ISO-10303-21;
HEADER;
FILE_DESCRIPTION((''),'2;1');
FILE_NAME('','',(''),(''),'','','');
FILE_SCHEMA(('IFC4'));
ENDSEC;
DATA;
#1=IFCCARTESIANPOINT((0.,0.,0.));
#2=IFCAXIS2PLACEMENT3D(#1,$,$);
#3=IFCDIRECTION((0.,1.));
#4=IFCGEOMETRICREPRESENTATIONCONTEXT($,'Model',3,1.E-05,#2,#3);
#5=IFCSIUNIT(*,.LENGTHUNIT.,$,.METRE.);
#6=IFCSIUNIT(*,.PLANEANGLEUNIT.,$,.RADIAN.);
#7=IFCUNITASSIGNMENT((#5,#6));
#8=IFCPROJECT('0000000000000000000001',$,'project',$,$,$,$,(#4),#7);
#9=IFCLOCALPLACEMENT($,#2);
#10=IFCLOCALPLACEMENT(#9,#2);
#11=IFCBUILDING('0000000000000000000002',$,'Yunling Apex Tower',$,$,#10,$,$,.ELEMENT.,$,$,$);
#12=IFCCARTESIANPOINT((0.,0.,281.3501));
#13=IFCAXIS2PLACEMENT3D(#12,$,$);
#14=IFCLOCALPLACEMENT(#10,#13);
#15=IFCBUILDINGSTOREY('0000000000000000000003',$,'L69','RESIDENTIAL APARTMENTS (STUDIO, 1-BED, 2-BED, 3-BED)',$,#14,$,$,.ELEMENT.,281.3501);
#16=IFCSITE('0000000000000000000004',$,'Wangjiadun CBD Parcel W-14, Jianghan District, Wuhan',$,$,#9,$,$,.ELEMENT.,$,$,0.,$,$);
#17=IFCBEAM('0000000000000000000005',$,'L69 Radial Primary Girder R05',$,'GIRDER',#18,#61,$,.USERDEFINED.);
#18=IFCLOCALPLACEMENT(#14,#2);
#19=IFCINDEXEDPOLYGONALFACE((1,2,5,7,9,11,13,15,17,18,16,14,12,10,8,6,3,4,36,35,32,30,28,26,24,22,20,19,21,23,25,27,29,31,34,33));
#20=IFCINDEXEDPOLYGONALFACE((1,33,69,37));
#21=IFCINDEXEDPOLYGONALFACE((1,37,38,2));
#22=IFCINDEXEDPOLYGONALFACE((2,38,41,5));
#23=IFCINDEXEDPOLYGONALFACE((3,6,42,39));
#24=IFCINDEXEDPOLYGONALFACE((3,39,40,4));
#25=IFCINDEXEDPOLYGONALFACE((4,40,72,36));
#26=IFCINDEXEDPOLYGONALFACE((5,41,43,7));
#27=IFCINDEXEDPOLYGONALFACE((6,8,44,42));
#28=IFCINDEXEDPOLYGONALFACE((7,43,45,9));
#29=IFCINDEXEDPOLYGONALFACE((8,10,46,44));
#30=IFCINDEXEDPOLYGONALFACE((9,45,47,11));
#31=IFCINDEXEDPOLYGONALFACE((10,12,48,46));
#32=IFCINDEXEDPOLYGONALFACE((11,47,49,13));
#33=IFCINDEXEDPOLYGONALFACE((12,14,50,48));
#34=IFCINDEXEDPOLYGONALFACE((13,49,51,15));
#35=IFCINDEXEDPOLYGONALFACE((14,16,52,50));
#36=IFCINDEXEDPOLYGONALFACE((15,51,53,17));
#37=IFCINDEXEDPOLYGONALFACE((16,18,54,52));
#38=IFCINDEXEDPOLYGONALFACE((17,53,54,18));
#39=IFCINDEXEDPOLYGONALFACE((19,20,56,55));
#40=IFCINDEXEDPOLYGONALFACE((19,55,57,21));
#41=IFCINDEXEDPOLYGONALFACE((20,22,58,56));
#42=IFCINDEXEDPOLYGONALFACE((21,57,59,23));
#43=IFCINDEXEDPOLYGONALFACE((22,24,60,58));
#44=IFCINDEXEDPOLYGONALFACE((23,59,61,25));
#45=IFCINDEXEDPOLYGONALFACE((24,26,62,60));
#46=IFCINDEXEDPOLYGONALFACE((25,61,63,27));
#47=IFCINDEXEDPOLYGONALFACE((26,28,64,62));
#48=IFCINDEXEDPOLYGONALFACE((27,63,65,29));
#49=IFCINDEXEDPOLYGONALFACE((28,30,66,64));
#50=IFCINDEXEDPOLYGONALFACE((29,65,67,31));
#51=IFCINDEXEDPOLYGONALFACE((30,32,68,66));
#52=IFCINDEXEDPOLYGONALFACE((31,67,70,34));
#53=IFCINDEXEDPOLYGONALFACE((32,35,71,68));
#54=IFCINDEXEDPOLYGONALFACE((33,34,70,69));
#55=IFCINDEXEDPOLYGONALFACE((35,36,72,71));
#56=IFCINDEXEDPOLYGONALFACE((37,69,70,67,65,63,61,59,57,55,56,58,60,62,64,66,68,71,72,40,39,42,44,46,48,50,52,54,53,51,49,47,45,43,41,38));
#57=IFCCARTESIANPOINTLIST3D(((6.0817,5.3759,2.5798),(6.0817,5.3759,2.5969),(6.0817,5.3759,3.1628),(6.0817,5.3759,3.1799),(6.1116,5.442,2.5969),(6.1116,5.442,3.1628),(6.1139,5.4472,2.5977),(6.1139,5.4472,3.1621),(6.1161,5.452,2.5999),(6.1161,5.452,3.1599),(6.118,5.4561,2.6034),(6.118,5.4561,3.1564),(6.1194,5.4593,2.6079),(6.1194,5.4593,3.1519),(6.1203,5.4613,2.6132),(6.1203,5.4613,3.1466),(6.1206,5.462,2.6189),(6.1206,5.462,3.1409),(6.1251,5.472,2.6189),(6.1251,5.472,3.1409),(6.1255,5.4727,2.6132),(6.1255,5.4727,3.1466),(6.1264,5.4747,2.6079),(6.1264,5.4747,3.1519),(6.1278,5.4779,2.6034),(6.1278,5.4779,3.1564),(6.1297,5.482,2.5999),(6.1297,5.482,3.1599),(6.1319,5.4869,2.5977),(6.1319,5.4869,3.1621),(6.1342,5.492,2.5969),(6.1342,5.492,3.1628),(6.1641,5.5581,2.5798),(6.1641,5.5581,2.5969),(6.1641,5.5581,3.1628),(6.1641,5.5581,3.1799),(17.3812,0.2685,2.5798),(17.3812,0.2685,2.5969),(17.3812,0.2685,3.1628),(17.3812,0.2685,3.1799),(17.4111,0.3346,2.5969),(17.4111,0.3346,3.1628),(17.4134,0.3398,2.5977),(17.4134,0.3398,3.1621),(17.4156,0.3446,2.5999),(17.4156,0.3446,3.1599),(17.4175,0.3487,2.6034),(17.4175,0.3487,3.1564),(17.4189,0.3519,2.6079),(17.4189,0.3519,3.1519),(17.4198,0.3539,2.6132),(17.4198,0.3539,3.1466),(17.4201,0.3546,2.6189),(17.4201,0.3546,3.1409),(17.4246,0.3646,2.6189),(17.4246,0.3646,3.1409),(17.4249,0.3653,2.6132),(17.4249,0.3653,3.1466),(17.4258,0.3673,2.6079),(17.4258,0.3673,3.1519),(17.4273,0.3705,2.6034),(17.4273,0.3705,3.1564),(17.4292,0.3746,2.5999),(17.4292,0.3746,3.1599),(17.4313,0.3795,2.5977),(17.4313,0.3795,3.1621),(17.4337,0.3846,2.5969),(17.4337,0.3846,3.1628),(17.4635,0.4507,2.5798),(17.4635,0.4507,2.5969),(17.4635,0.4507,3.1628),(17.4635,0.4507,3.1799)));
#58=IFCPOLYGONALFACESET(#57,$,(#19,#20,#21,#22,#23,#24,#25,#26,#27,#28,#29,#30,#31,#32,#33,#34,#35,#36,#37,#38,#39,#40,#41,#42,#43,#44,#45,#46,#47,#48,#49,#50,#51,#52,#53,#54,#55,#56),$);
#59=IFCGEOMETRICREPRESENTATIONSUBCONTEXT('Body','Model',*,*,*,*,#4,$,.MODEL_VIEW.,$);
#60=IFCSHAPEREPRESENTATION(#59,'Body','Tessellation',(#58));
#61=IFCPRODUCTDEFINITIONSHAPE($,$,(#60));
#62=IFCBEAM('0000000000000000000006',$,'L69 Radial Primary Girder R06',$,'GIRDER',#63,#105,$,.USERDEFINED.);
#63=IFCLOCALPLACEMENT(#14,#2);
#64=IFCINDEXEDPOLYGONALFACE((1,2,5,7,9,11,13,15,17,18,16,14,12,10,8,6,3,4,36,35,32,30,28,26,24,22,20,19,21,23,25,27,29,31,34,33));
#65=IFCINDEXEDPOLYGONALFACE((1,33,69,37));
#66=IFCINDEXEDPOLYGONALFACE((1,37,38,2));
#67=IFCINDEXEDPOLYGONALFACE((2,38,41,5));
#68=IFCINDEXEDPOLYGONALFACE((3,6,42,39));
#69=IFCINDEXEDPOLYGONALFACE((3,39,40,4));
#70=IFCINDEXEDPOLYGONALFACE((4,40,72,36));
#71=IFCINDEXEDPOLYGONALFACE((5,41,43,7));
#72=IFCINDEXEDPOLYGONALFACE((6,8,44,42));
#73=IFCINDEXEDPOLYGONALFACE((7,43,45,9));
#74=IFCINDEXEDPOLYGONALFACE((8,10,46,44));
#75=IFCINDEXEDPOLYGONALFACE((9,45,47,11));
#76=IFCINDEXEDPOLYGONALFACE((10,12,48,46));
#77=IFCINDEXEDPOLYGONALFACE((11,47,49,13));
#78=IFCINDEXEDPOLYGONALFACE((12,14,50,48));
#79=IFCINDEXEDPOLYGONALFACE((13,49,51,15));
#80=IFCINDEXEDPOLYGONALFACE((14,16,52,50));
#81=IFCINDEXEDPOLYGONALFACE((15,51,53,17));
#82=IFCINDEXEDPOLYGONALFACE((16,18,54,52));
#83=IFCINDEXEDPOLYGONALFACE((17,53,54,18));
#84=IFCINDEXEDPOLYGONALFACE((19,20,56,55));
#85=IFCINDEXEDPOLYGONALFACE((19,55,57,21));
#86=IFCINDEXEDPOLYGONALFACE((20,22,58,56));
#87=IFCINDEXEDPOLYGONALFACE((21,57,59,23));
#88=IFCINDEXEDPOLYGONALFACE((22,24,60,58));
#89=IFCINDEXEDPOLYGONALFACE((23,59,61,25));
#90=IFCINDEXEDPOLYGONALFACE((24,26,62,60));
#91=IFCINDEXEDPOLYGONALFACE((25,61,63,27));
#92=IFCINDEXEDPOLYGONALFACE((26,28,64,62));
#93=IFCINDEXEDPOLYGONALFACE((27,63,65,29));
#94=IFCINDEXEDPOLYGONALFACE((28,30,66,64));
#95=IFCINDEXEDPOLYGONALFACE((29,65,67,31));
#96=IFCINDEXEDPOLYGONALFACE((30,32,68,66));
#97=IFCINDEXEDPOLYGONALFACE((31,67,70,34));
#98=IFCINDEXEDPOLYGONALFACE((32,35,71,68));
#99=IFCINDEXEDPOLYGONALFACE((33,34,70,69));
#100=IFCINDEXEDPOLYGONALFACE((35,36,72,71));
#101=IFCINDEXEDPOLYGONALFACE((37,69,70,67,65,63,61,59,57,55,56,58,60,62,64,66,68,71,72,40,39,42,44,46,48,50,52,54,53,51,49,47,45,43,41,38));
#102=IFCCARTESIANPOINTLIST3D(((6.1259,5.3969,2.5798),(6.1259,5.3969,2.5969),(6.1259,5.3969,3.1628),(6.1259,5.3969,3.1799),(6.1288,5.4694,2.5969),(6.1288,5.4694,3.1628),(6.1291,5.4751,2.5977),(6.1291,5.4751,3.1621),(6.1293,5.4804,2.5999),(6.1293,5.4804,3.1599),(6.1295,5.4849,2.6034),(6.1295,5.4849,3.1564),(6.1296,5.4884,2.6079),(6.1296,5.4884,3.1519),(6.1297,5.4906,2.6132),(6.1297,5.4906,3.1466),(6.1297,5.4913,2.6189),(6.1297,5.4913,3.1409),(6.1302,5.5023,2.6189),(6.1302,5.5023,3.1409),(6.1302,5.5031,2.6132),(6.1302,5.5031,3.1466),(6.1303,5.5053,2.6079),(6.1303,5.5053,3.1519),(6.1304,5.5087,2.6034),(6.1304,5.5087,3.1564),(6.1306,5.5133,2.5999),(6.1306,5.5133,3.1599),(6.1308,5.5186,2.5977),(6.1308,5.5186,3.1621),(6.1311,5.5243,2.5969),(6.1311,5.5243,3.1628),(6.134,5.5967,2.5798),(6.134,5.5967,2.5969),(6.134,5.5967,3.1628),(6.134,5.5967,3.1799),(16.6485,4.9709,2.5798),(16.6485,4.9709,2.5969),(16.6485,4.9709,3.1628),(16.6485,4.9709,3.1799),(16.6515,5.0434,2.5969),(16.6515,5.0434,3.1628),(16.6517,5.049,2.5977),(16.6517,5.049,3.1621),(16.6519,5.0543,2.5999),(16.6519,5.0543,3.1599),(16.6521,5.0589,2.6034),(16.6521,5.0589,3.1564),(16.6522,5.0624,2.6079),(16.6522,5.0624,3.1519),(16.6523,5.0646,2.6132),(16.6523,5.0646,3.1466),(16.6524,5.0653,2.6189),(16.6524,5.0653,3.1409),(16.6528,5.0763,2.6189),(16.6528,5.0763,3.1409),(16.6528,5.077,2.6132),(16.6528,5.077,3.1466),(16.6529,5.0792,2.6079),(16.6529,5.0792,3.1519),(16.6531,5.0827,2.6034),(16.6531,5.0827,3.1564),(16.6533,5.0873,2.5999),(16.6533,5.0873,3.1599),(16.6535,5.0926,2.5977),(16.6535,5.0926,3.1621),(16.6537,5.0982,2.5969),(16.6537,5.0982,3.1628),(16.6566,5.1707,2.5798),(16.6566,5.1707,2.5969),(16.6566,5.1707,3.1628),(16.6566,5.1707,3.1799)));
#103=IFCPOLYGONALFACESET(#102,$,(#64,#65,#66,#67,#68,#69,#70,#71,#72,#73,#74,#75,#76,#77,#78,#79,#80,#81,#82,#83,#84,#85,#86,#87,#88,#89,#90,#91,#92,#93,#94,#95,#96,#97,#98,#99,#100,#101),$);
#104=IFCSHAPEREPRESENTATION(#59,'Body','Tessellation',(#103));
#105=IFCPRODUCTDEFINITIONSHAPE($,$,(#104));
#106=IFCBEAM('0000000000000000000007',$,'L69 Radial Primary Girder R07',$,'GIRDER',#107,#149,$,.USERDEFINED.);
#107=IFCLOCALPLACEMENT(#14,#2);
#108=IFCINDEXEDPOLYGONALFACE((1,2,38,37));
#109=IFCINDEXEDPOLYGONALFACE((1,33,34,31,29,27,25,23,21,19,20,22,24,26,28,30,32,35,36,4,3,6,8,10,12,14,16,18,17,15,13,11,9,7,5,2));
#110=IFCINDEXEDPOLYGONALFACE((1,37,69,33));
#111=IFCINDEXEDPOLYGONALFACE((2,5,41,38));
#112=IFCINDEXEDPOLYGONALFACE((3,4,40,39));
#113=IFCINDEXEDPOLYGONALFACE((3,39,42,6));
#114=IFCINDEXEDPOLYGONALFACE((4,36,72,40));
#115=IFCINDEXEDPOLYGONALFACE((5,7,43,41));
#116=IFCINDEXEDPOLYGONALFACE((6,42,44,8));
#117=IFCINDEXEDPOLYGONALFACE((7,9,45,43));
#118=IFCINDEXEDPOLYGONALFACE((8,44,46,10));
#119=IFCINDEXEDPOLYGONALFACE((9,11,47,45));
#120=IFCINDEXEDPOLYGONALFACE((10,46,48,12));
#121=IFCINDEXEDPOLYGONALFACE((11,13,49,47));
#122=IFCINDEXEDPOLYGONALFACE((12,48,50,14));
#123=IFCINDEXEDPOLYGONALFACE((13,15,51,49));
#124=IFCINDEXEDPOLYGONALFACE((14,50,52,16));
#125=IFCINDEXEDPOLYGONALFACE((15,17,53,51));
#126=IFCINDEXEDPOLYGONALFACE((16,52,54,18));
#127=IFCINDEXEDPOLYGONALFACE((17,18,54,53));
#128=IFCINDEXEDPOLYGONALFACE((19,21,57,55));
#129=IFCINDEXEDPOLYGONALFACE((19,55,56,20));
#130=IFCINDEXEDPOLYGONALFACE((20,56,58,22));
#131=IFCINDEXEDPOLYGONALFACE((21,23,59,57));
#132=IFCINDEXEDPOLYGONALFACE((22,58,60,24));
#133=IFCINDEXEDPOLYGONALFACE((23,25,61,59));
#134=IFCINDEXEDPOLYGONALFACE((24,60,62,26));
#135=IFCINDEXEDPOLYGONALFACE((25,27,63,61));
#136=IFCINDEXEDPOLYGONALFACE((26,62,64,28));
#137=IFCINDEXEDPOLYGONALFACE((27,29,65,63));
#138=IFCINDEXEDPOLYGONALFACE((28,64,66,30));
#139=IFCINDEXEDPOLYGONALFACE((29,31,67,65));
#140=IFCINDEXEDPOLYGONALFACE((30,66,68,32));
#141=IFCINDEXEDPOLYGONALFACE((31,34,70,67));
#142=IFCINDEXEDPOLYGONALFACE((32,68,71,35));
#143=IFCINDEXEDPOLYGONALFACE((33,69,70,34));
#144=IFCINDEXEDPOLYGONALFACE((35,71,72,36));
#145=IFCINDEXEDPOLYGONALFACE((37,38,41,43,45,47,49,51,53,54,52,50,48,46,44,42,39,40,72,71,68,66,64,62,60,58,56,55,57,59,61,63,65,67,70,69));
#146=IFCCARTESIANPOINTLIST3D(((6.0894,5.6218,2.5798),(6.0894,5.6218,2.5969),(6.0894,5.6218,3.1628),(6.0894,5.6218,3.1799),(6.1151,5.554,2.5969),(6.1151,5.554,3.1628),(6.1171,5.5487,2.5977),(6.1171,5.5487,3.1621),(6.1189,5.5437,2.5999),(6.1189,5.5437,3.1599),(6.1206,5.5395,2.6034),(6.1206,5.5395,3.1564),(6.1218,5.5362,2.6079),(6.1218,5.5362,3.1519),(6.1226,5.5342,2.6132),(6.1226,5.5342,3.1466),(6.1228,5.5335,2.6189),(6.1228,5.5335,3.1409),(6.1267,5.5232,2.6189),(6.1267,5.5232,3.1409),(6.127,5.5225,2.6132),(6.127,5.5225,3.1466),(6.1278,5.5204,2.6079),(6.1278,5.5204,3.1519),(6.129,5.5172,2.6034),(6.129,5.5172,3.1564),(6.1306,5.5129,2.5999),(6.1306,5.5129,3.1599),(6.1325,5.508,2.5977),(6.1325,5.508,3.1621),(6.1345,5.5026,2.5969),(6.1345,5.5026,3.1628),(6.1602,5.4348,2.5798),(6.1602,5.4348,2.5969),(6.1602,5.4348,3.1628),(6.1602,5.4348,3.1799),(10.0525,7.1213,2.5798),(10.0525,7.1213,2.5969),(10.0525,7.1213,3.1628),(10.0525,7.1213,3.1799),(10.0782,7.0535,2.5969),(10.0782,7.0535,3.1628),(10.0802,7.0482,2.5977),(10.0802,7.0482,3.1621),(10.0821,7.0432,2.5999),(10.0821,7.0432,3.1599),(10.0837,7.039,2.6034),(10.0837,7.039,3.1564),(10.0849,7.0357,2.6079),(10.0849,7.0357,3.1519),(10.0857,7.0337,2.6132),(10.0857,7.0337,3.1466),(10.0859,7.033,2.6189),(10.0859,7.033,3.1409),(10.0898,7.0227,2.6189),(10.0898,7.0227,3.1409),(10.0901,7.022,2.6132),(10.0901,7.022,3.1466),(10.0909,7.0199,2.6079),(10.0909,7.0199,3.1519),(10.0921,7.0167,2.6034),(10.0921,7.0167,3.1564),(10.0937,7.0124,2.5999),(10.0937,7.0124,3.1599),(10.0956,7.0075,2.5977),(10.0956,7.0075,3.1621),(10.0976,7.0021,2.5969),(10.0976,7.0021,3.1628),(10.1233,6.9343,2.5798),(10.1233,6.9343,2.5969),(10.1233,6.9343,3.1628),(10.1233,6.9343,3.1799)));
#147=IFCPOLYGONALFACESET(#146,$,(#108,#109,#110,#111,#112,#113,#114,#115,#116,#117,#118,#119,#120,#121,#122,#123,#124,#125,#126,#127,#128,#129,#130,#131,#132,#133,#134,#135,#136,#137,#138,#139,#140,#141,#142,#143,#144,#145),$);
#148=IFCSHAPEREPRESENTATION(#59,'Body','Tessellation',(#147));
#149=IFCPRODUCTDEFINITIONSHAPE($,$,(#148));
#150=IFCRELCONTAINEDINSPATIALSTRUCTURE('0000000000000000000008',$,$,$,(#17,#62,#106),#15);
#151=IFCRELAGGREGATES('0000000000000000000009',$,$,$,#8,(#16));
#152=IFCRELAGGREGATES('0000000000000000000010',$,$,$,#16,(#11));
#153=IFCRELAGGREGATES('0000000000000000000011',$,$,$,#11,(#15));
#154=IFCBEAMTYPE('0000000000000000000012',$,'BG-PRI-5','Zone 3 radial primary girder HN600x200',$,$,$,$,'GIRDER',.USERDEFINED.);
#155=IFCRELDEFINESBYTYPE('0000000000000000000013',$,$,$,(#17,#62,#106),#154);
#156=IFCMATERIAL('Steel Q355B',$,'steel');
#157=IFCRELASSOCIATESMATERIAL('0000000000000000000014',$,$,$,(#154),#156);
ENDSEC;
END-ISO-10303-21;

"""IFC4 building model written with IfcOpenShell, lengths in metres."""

from ifc_helpers import new_model, si_unit, direction, frame, origin, origin_2d, place, context, subcontext, project, spatial, i_section, extrude, source, transform, mapped, material, material_profile, profile_set, type_object, element, save


model = new_model("IFC4")

# Units and contexts
model_context = context("Model", 3, precision=1e-05, world=origin(), true_north=direction((0.0, 1.0)))
body_context = subcontext(model_context, "Body", "Model", "MODEL_VIEW")
ifc_project = project(units=[si_unit("LENGTHUNIT", "METRE"), si_unit("PLANEANGLEUNIT", "RADIAN")], contexts=[model_context])

# Site, building, storey
site_placement = place(None, origin())
site = spatial("IfcSite", under=ifc_project, at=site_placement, Name="Wangjiadun CBD Parcel W-14, Jianghan District, Wuhan", CompositionType="ELEMENT", RefElevation=0.0)
building_placement = place(site_placement, origin())
building = spatial("IfcBuilding", under=site, at=building_placement, Name="Yunling Apex Tower", CompositionType="ELEMENT")
storey_placement = place(building_placement, frame((0.0, 0.0, 281.3501)))
storey = spatial("IfcBuildingStorey", under=building, at=storey_placement, Name="L69", Description="RESIDENTIAL APARTMENTS (STUDIO, 1-BED, 2-BED, 3-BED)", CompositionType="ELEMENT", Elevation=281.3501)

# Shared definitions
ifc_material_1 = material(Name="Steel Q355B", Category="steel")

# Beams
ifc_material_profile_1 = material_profile(ifc_material_1, i_section(OverallWidth=0.2, OverallDepth=0.6001, WebThickness=0.011, FlangeThickness=0.0171, FilletRadius=0.022, at=origin_2d()))
ifc_profile_set_1 = profile_set([ifc_material_profile_1], Name="Steel Q355B")
beam_type_1 = type_object("IfcBeamType", Name="BG-PRI-5", Description="Zone 3 radial primary girder HN600x200", ElementType="GIRDER", PredefinedType="USERDEFINED", material=ifc_profile_set_1)
shared_shape_1 = source(origin(), body_context, "Body", "SweptSolid", [
    extrude(i_section(OverallWidth=0.2, OverallDepth=0.6001, WebThickness=0.011, FlangeThickness=0.0171, FilletRadius=0.022, at=origin_2d()), origin(), (0.0, 0.0, 1.0), 12.4001),
])
beam_1_placement = place(storey_placement, frame((17.4224, 0.3596, 2.8799), z_axis=(-0.911238, 0.411881, 0.0), x_axis=(-0.411881, -0.911238, 0.0)))
element("IfcBeam", 1, at=beam_1_placement, inside=storey, type_object=beam_type_1, Name="L69 Radial Primary Girder R05", ObjectType="GIRDER", PredefinedType="USERDEFINED", context=body_context, shape_type="MappedRepresentation", body=[
    mapped(shared_shape_1, transform((0.0, 0.0, 0.0), scale=1.0)),
])
shared_shape_2 = source(origin(), body_context, "Body", "SweptSolid", [
    extrude(i_section(OverallWidth=0.2, OverallDepth=0.6001, WebThickness=0.011, FlangeThickness=0.0171, FilletRadius=0.022, at=origin_2d()), origin(), (0.0, 0.0, 1.0), 10.5312),
])
beam_2_placement = place(storey_placement, frame((16.6526, 5.0708, 2.8799), z_axis=(-0.999181, 0.040453, 0.0), x_axis=(-0.040453, -0.999181, 0.0)))
element("IfcBeam", 2, at=beam_2_placement, inside=storey, type_object=beam_type_1, Name="L69 Radial Primary Girder R06", ObjectType="GIRDER", PredefinedType="USERDEFINED", context=body_context, shape_type="MappedRepresentation", body=[
    mapped(shared_shape_2, transform((0.0, 0.0, 0.0), scale=1.0)),
])
shared_shape_3 = source(origin(), body_context, "Body", "SweptSolid", [
    extrude(i_section(OverallWidth=0.2, OverallDepth=0.6001, WebThickness=0.011, FlangeThickness=0.0171, FilletRadius=0.022, at=origin_2d()), origin(), (0.0, 0.0, 1.0), 4.2373),
])
beam_3_placement = place(storey_placement, frame((10.0879, 7.0278, 2.8799), z_axis=(-0.93529, -0.353881, 0.0), x_axis=(0.353881, -0.93529, 0.0)))
element("IfcBeam", 3, at=beam_3_placement, inside=storey, type_object=beam_type_1, Name="L69 Radial Primary Girder R07", ObjectType="GIRDER", PredefinedType="USERDEFINED", context=body_context, shape_type="MappedRepresentation", body=[
    mapped(shared_shape_3, transform((0.0, 0.0, 0.0), scale=1.0)),
])

save(model, "model.ifc")
